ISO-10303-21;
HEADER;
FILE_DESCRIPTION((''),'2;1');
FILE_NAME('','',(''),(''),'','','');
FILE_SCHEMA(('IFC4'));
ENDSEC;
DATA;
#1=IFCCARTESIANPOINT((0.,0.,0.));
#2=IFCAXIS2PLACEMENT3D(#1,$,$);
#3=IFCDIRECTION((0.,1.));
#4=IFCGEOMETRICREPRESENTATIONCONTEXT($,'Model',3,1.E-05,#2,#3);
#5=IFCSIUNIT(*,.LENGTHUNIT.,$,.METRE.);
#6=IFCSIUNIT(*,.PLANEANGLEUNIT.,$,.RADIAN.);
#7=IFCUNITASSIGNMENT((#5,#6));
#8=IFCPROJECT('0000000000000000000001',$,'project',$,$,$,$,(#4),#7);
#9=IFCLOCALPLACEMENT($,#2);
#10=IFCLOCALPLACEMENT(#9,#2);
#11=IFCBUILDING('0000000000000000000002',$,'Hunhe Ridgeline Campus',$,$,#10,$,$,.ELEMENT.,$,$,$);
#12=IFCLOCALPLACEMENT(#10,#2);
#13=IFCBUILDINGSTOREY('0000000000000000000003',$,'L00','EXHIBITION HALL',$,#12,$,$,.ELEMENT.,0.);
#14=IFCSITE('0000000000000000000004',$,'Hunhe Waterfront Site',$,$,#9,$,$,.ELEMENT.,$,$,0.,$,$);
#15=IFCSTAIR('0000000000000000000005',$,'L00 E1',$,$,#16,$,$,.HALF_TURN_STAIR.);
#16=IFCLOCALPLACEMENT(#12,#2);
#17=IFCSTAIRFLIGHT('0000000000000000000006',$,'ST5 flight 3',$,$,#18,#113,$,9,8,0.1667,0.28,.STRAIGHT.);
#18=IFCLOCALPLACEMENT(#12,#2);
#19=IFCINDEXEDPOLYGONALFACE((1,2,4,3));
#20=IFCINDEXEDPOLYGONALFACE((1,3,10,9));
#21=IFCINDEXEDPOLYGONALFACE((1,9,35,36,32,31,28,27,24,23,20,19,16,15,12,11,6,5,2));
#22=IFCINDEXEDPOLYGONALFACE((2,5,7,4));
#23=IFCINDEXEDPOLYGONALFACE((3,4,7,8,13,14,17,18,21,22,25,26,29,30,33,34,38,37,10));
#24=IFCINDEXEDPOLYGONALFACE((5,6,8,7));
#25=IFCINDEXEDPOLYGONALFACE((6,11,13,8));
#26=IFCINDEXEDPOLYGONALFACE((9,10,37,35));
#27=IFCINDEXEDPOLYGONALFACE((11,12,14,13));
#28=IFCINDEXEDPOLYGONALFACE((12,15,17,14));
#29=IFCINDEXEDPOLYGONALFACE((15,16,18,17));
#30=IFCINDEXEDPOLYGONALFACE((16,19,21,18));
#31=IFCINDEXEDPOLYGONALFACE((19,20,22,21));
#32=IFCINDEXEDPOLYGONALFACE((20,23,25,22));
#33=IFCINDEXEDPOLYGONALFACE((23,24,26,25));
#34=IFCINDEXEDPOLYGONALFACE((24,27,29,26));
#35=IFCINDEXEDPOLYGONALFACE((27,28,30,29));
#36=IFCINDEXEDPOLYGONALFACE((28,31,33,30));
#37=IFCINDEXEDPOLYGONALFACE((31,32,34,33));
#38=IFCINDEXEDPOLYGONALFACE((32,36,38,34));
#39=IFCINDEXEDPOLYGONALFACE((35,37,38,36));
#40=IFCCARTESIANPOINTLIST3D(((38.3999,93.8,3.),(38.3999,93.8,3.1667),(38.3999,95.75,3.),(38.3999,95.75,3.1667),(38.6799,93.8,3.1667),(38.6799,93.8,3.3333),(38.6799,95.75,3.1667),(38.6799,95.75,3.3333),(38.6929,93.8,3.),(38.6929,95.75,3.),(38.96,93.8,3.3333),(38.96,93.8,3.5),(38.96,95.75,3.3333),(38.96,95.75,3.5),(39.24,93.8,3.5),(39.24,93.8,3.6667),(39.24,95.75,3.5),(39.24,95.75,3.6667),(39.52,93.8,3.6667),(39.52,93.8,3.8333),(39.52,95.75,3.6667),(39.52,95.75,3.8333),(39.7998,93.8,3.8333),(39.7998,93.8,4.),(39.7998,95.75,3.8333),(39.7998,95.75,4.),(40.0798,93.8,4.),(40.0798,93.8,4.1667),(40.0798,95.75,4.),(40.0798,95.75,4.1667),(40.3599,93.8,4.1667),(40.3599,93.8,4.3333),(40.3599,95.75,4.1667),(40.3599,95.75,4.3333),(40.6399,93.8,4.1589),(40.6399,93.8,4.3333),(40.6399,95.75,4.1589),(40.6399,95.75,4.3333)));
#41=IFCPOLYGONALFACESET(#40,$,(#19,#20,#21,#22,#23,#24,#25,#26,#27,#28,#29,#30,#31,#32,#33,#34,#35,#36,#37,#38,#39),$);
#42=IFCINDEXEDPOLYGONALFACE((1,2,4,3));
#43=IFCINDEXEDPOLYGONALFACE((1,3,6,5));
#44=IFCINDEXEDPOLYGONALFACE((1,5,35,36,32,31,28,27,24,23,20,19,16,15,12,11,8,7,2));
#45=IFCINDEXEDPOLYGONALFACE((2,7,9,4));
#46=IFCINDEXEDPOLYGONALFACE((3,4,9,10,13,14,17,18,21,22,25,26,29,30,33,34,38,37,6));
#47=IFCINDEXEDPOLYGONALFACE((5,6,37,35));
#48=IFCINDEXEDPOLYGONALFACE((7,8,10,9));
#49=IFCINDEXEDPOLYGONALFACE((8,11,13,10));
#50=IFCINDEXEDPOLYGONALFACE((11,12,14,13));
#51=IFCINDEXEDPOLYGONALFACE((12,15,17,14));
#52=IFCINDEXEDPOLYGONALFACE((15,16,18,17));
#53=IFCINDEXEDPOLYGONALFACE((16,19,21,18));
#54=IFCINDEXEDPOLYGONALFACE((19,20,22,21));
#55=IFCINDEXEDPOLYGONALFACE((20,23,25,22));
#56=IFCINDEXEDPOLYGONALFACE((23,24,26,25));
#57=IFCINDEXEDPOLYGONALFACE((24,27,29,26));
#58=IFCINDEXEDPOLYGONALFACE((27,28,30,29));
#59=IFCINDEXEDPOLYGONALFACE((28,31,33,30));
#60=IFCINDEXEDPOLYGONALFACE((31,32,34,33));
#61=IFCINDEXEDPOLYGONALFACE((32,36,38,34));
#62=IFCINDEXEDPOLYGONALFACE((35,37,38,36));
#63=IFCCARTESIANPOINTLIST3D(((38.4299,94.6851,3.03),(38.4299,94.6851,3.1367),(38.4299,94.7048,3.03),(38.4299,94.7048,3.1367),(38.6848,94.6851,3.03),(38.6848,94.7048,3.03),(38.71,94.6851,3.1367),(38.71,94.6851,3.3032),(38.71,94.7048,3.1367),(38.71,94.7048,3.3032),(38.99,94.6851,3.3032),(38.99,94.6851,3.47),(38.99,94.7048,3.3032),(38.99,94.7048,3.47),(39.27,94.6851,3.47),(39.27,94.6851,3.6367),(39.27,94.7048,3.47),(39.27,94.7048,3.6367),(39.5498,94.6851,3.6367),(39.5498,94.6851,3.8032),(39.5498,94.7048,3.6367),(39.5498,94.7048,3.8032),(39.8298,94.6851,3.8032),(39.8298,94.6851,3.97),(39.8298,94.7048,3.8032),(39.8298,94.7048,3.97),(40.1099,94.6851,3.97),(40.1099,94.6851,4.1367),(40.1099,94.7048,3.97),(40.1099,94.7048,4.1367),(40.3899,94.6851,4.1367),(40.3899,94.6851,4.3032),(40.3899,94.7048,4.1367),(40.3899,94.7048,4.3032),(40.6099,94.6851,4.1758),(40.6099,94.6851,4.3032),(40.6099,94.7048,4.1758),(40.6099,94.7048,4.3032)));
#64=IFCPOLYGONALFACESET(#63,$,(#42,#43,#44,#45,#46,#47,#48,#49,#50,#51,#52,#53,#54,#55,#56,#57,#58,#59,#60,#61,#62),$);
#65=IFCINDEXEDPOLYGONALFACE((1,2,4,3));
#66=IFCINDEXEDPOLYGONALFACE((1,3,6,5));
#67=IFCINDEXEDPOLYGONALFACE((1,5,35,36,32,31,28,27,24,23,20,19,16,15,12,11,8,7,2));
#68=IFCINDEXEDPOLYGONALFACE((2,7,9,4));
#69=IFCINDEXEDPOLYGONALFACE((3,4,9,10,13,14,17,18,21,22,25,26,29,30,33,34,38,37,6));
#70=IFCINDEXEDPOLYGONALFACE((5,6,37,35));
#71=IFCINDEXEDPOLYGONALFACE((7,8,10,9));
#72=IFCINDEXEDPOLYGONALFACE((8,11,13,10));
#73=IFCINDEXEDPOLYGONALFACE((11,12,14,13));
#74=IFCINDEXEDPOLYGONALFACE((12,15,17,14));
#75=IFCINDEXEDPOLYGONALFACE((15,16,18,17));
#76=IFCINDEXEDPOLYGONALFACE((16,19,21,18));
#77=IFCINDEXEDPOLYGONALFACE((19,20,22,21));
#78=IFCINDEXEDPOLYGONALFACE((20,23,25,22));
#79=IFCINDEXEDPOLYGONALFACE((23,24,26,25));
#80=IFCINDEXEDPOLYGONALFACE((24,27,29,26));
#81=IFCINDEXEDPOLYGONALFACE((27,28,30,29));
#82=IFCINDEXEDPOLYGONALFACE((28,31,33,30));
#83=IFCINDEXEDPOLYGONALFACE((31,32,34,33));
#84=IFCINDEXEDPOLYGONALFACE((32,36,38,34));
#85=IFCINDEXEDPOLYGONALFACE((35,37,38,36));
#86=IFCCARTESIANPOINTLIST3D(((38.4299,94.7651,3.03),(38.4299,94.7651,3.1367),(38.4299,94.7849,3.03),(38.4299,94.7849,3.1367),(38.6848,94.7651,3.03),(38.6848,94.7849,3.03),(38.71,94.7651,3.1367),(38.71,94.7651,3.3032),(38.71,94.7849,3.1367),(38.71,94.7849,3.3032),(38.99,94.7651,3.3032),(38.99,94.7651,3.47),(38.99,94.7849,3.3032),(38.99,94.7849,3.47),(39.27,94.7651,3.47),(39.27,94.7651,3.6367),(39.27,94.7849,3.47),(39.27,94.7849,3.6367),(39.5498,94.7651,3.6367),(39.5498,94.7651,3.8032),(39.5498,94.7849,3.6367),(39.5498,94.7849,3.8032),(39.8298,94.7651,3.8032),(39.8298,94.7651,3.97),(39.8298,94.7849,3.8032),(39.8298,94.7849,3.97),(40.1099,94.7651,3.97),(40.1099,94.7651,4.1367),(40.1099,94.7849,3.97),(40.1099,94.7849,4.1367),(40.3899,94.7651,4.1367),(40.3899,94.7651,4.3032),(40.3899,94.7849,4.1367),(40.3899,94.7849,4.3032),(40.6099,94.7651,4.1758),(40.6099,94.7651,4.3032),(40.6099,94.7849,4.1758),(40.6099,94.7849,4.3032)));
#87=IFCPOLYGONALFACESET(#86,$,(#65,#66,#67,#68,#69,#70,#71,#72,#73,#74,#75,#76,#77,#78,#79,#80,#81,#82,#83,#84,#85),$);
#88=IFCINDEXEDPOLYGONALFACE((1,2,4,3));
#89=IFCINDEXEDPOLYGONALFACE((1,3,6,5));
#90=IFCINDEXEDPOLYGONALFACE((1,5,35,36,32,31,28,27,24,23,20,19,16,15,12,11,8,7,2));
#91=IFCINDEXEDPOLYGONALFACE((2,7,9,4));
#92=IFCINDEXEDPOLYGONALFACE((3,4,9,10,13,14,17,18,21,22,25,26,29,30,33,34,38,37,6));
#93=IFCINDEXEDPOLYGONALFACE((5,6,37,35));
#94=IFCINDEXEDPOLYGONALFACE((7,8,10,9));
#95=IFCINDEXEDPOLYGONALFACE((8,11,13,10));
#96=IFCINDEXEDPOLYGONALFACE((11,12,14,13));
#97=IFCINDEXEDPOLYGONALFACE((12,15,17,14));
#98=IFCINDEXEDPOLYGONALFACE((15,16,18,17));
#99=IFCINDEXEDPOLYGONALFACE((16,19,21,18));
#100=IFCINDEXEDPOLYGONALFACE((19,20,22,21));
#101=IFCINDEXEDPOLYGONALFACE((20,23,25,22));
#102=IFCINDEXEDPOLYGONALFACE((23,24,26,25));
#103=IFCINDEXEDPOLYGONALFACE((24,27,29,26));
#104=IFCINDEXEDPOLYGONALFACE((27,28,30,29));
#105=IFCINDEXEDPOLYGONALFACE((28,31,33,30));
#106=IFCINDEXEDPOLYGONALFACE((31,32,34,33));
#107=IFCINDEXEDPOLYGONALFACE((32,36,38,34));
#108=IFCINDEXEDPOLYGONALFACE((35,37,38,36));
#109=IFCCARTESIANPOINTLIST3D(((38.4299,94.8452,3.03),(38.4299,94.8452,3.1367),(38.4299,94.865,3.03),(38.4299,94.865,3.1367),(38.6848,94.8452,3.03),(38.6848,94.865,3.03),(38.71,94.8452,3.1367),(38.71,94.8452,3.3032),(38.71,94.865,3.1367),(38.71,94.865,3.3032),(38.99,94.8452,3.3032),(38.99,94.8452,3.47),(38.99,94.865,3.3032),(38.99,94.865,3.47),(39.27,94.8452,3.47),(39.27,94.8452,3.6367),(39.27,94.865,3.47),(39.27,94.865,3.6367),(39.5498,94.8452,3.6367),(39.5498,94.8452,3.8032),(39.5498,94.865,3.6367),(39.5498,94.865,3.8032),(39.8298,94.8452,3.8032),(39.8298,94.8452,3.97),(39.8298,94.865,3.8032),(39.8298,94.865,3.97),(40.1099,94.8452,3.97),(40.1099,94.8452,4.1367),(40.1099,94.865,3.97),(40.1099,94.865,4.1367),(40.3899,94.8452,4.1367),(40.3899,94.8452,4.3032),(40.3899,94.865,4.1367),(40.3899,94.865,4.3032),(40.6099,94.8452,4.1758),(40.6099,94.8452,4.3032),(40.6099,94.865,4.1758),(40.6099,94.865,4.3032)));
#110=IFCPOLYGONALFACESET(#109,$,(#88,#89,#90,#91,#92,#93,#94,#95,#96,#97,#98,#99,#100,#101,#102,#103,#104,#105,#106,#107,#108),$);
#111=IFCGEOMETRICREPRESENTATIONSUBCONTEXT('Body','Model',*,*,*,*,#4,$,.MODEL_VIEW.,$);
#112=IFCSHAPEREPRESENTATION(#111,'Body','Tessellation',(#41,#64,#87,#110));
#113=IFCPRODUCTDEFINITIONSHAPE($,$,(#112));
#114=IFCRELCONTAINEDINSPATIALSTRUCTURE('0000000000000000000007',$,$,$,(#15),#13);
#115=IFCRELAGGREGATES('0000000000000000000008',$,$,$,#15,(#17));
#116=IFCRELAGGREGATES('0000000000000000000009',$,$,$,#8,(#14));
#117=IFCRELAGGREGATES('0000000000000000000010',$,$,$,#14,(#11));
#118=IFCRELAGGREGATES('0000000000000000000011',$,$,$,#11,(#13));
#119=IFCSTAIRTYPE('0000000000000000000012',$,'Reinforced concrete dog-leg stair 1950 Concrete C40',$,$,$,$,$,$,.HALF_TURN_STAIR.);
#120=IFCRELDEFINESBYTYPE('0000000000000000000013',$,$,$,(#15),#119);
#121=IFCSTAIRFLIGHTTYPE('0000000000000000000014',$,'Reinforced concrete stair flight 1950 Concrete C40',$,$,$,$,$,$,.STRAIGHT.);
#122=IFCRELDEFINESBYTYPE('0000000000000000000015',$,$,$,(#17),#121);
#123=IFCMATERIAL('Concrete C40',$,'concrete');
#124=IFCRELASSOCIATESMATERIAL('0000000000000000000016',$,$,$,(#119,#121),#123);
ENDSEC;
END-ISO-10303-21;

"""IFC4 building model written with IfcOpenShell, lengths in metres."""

from ifc_helpers import new_model, si_unit, direction, frame, origin, place, context, subcontext, project, spatial, polyline, outline, extrude, material, type_object, element, aggregate, save


model = new_model("IFC4")

# Units and contexts
model_context = context("Model", 3, precision=1e-05, world=origin(), true_north=direction((0.0, 1.0)))
body_context = subcontext(model_context, "Body", "Model", "MODEL_VIEW")
ifc_project = project(units=[si_unit("LENGTHUNIT", "METRE"), si_unit("PLANEANGLEUNIT", "RADIAN")], contexts=[model_context])

# Site, building, storey
site_placement = place(None, origin())
site = spatial("IfcSite", under=ifc_project, at=site_placement, Name="Hunhe Waterfront Site", CompositionType="ELEMENT", RefElevation=0.0)
building_placement = place(site_placement, origin())
building = spatial("IfcBuilding", under=site, at=building_placement, Name="Hunhe Ridgeline Campus", CompositionType="ELEMENT")
storey_placement = place(building_placement, origin())
storey = spatial("IfcBuildingStorey", under=building, at=storey_placement, Name="L00", Description="EXHIBITION HALL", CompositionType="ELEMENT", Elevation=0.0)

# Stair, stair flight
ifc_material_1 = material(Name="Concrete C40", Category="concrete")
stair_type = type_object("IfcStairType", Name="Reinforced concrete dog-leg stair 1950 Concrete C40", PredefinedType="HALF_TURN_STAIR", material=ifc_material_1)
stair_placement = place(storey_placement, origin())
stair = element("IfcStair", 1, at=stair_placement, inside=storey, type_object=stair_type, Name="L00 E1", PredefinedType="HALF_TURN_STAIR")
stair_flight_type = type_object("IfcStairFlightType", Name="Reinforced concrete stair flight 1950 Concrete C40", PredefinedType="STRAIGHT", material=ifc_material_1)
stair_flight_1_placement = place(storey_placement, frame((38.3999, 94.7749, 3.0), z_axis=(0.0, 0.0, 1.0), x_axis=(1.0, 0.0, 0.0)))
stair_flight_1 = element("IfcStairFlight", 2, at=stair_flight_1_placement, type_object=stair_flight_type, Name="ST5 flight 3", NumberOfRisers=9, NumberOfTreads=8, PredefinedType="STRAIGHT", RiserHeight=0.1667, TreadLength=0.28, context=body_context, shape_type="SweptSolid", body=[
    extrude(outline(polyline([(0.0, 0.0), (0.0, 0.1667), (0.28, 0.1667), (0.28, 0.3333), (0.5601, 0.3333), (0.5601, 0.5), (0.8401, 0.5), (0.8401, 0.6667), (1.1201, 0.6667), (1.1201, 0.8333), (1.3999, 0.8333), (1.3999, 1.0), (1.6799, 1.0), (1.6799, 1.1667), (1.96, 1.1667), (1.96, 1.3333), (2.24, 1.3333), (2.24, 1.5), (2.24, 1.1589), (0.293, 0.0), (0.0, 0.0)])), frame((0.0, 0.9751, 0.0), z_axis=(0.0, -1.0, 0.0), x_axis=(1.0, 0.0, 0.0)), (0.0, 0.0, 1.0), 1.95),
    extrude(outline(polyline([(0.03, 0.03), (0.03, 0.1367), (0.3101, 0.1367), (0.3101, 0.3032), (0.5901, 0.3032), (0.5901, 0.47), (0.8701, 0.47), (0.8701, 0.6367), (1.1499, 0.6367), (1.1499, 0.8032), (1.4299, 0.8032), (1.4299, 0.97), (1.71, 0.97), (1.71, 1.1367), (1.99, 1.1367), (1.99, 1.3032), (2.21, 1.3032), (2.21, 1.1758), (0.2849, 0.03), (0.03, 0.03)])), frame((0.0, -0.0701, 0.0), z_axis=(0.0, -1.0, 0.0), x_axis=(1.0, 0.0, 0.0)), (0.0, 0.0, 1.0), 0.0198),
    extrude(outline(polyline([(0.03, 0.03), (0.03, 0.1367), (0.3101, 0.1367), (0.3101, 0.3032), (0.5901, 0.3032), (0.5901, 0.47), (0.8701, 0.47), (0.8701, 0.6367), (1.1499, 0.6367), (1.1499, 0.8032), (1.4299, 0.8032), (1.4299, 0.97), (1.71, 0.97), (1.71, 1.1367), (1.99, 1.1367), (1.99, 1.3032), (2.21, 1.3032), (2.21, 1.1758), (0.2849, 0.03), (0.03, 0.03)])), frame((0.0, 0.01, 0.0), z_axis=(0.0, -1.0, 0.0), x_axis=(1.0, 0.0, 0.0)), (0.0, 0.0, 1.0), 0.0198),
    extrude(outline(polyline([(0.03, 0.03), (0.03, 0.1367), (0.3101, 0.1367), (0.3101, 0.3032), (0.5901, 0.3032), (0.5901, 0.47), (0.8701, 0.47), (0.8701, 0.6367), (1.1499, 0.6367), (1.1499, 0.8032), (1.4299, 0.8032), (1.4299, 0.97), (1.71, 0.97), (1.71, 1.1367), (1.99, 1.1367), (1.99, 1.3032), (2.21, 1.3032), (2.21, 1.1758), (0.2849, 0.03), (0.03, 0.03)])), frame((0.0, 0.0901, 0.0), z_axis=(0.0, -1.0, 0.0), x_axis=(1.0, 0.0, 0.0)), (0.0, 0.0, 1.0), 0.0198),
])
aggregate(stair, [stair_flight_1])

save(model, "model.ifc")
